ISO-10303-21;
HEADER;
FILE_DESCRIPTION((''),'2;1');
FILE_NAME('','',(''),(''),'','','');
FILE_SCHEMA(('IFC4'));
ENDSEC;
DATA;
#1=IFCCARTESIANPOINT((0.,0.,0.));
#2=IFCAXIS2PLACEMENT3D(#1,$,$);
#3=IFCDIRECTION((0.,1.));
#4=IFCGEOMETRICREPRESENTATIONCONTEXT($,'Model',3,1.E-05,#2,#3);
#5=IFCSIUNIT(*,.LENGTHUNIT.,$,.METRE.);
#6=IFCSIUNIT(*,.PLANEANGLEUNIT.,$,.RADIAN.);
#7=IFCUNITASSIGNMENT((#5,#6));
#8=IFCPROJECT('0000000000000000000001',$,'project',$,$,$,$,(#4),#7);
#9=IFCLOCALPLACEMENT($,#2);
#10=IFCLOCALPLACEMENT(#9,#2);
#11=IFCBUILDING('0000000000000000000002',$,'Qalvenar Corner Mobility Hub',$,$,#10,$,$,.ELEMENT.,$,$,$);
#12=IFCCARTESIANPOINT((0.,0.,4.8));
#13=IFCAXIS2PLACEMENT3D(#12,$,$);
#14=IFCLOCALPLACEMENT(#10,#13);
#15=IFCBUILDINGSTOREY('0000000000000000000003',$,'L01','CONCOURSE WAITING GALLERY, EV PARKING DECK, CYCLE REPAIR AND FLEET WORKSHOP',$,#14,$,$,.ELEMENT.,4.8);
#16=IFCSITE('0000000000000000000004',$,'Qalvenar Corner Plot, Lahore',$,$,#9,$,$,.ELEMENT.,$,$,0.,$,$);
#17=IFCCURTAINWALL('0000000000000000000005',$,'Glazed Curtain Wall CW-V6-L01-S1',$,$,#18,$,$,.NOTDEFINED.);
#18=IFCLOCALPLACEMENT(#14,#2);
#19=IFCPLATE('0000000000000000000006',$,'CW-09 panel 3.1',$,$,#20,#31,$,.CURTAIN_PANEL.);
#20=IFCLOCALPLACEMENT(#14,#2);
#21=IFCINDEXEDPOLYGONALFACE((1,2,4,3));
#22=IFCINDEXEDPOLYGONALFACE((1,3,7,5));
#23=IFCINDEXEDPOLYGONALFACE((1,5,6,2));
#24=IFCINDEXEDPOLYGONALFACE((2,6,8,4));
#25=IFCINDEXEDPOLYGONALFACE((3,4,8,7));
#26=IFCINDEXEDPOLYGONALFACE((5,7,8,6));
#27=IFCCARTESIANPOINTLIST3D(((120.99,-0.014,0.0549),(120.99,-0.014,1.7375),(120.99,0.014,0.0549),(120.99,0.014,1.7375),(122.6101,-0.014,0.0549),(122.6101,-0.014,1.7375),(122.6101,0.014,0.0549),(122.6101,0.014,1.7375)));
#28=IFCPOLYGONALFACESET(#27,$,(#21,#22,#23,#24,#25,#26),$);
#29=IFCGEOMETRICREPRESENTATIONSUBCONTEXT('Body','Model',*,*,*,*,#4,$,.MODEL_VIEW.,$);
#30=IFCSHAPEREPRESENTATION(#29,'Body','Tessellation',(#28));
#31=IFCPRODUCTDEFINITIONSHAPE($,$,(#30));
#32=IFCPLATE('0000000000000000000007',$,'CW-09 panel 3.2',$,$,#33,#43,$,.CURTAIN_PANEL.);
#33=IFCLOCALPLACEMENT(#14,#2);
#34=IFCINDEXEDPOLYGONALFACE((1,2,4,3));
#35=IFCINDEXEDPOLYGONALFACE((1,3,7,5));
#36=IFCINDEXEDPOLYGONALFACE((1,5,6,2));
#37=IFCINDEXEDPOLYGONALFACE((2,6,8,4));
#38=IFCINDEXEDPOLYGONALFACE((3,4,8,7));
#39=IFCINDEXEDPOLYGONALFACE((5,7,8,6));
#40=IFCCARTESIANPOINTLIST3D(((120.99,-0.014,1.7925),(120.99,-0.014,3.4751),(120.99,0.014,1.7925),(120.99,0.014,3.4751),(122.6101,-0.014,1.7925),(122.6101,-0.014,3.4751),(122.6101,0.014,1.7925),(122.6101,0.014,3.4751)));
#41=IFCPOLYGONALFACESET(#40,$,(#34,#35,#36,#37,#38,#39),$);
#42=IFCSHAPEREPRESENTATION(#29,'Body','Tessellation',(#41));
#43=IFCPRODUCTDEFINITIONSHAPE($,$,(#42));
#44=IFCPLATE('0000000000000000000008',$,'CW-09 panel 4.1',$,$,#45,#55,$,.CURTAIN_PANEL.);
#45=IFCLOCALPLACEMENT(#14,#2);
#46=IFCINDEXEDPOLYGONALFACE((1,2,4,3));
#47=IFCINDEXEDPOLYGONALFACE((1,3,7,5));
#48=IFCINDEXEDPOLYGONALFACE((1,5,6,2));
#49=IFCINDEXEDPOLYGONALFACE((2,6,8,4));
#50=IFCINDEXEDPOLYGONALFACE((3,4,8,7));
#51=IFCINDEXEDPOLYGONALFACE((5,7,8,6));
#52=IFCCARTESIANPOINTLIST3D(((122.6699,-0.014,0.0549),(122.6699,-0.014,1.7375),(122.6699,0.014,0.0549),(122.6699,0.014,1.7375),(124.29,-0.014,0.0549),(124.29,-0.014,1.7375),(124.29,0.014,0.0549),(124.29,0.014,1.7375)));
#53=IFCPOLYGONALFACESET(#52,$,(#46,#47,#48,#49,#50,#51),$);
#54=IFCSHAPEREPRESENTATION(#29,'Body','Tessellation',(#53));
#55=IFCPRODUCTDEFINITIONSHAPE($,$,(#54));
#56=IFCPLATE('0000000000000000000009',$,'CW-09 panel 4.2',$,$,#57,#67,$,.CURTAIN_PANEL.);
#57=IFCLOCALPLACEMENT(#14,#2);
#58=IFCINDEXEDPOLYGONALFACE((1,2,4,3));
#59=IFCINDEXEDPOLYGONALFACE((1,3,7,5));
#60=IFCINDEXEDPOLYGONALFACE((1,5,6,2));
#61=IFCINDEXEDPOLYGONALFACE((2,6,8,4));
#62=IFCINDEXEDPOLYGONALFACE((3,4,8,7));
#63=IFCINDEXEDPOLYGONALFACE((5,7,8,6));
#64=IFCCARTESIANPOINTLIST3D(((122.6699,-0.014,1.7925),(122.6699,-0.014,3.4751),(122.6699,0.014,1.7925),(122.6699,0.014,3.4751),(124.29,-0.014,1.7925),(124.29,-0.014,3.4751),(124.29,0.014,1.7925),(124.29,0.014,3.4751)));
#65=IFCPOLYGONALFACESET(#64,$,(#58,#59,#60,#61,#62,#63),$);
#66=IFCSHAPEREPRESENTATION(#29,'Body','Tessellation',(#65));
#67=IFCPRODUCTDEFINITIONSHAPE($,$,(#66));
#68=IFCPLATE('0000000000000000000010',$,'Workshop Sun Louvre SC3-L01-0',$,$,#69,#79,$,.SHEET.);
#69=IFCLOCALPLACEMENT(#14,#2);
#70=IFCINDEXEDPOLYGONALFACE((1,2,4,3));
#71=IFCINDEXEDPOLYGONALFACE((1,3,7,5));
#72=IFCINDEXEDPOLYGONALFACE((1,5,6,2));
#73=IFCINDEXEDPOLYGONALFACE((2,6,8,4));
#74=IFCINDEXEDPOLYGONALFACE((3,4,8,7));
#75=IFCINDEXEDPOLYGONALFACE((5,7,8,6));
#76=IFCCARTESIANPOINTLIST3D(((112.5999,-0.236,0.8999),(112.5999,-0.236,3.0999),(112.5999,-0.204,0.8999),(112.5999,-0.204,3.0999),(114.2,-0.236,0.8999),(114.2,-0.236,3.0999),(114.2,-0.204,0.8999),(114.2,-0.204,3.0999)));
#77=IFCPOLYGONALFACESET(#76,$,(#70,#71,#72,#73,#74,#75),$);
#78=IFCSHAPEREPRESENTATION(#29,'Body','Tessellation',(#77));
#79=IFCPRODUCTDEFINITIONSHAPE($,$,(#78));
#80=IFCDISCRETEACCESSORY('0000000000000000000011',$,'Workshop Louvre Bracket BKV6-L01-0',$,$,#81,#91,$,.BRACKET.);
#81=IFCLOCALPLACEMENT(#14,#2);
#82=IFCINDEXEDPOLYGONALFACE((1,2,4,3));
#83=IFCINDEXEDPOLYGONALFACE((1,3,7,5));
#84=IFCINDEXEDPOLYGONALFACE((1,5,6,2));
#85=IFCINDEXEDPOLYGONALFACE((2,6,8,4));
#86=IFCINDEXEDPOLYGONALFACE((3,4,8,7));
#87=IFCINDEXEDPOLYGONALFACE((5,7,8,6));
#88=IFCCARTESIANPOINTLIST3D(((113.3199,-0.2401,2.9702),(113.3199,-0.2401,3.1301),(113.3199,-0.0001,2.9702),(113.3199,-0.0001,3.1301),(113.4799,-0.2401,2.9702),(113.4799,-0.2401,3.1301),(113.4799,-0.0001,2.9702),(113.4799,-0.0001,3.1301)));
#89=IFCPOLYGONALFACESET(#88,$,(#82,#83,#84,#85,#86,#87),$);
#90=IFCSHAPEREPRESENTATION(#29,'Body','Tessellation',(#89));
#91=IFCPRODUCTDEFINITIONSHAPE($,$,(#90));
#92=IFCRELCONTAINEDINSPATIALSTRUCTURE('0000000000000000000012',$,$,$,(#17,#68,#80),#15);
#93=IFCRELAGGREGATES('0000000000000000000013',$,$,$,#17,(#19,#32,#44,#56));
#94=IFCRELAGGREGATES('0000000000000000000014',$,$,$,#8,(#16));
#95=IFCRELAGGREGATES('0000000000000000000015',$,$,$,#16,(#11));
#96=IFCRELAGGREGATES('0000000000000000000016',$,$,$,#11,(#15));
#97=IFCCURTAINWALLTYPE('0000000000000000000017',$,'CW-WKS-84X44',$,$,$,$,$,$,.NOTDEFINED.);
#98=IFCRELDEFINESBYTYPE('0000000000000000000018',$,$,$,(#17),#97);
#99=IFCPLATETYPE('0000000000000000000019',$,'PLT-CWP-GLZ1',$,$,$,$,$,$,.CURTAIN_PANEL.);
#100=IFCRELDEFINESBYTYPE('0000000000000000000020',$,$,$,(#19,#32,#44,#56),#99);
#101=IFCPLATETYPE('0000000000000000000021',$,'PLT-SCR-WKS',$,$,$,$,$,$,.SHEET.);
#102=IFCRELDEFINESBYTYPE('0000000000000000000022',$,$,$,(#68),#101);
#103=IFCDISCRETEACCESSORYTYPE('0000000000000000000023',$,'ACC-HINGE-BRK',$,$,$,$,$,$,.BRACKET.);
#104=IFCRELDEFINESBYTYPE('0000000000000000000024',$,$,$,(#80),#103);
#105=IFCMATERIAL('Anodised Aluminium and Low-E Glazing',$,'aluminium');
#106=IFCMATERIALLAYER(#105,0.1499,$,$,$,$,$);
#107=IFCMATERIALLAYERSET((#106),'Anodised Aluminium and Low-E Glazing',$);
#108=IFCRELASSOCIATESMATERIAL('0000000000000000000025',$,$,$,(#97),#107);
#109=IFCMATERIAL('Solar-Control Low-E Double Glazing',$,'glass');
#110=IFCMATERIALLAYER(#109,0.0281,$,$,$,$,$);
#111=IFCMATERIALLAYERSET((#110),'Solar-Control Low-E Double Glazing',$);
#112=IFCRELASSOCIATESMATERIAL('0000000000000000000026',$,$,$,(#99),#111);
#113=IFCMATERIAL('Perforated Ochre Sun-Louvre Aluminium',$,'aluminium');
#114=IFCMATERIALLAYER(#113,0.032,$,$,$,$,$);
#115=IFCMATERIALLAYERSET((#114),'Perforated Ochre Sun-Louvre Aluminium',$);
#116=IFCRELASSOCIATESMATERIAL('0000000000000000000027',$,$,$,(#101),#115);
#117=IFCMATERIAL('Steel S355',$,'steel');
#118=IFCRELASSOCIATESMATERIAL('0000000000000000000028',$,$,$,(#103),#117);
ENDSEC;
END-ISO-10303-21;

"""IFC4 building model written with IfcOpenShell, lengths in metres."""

from ifc_helpers import new_model, si_unit, direction, frame, origin, origin_2d, place, context, subcontext, project, spatial, rectangle, extrude, material, layer, layer_set, type_object, element, aggregate, save


model = new_model("IFC4")

# Units and contexts
model_context = context("Model", 3, precision=1e-05, world=origin(), true_north=direction((0.0, 1.0)))
body_context = subcontext(model_context, "Body", "Model", "MODEL_VIEW")
ifc_project = project(units=[si_unit("LENGTHUNIT", "METRE"), si_unit("PLANEANGLEUNIT", "RADIAN")], contexts=[model_context])

# Site, building, storey
site_placement = place(None, origin())
site = spatial("IfcSite", under=ifc_project, at=site_placement, Name="Qalvenar Corner Plot, Lahore", CompositionType="ELEMENT", RefElevation=0.0)
building_placement = place(site_placement, origin())
building = spatial("IfcBuilding", under=site, at=building_placement, Name="Qalvenar Corner Mobility Hub", CompositionType="ELEMENT")
storey_placement = place(building_placement, frame((0.0, 0.0, 4.8)))
storey = spatial("IfcBuildingStorey", under=building, at=storey_placement, Name="L01", Description="CONCOURSE WAITING GALLERY, EV PARKING DECK, CYCLE REPAIR AND FLEET WORKSHOP", CompositionType="ELEMENT", Elevation=4.8)

# Shared definitions
ifc_material_1 = material(Name="Steel S355", Category="steel")

# Curtain wall, plates
ifc_material_2 = material(Name="Anodised Aluminium and Low-E Glazing", Category="aluminium")
ifc_layer_1 = layer(ifc_material_2, 0.1499)
ifc_layer_set_1 = layer_set([ifc_layer_1], Name="Anodised Aluminium and Low-E Glazing")
curtain_wall_type = type_object("IfcCurtainWallType", Name="CW-WKS-84X44", PredefinedType="NOTDEFINED", material=ifc_layer_set_1)
curtain_wall_placement = place(storey_placement, origin())
curtain_wall = element("IfcCurtainWall", 1, at=curtain_wall_placement, inside=storey, type_object=curtain_wall_type, Name="Glazed Curtain Wall CW-V6-L01-S1", PredefinedType="NOTDEFINED")
ifc_material_3 = material(Name="Solar-Control Low-E Double Glazing", Category="glass")
ifc_layer_2 = layer(ifc_material_3, 0.0281)
ifc_layer_set_2 = layer_set([ifc_layer_2], Name="Solar-Control Low-E Double Glazing")
plate_type_1 = type_object("IfcPlateType", Name="PLT-CWP-GLZ1", PredefinedType="CURTAIN_PANEL", material=ifc_layer_set_2)
plate_1_placement = place(storey_placement, frame((121.8, 0.0, 0.0549), z_axis=(0.0, 0.0, 1.0), x_axis=(1.0, 0.0, 0.0)))
plate_1 = element("IfcPlate", 2, at=plate_1_placement, type_object=plate_type_1, Name="CW-09 panel 3.1", PredefinedType="CURTAIN_PANEL", context=body_context, shape_type="SweptSolid", body=[
    extrude(rectangle(XDim=1.6201, YDim=0.0281, at=origin_2d()), origin(), (0.0, 0.0, 1.0), 1.6826),
])
plate_2_placement = place(storey_placement, frame((121.8, 0.0, 1.7925), z_axis=(0.0, 0.0, 1.0), x_axis=(1.0, 0.0, 0.0)))
plate_2 = element("IfcPlate", 3, at=plate_2_placement, type_object=plate_type_1, Name="CW-09 panel 3.2", PredefinedType="CURTAIN_PANEL", context=body_context, shape_type="SweptSolid", body=[
    extrude(rectangle(XDim=1.6201, YDim=0.0281, at=origin_2d()), origin(), (0.0, 0.0, 1.0), 1.6826),
])
plate_3_placement = place(storey_placement, frame((123.48, 0.0, 0.0549), z_axis=(0.0, 0.0, 1.0), x_axis=(1.0, 0.0, 0.0)))
plate_3 = element("IfcPlate", 4, at=plate_3_placement, type_object=plate_type_1, Name="CW-09 panel 4.1", PredefinedType="CURTAIN_PANEL", context=body_context, shape_type="SweptSolid", body=[
    extrude(rectangle(XDim=1.6201, YDim=0.0281, at=origin_2d()), origin(), (0.0, 0.0, 1.0), 1.6826),
])
plate_4_placement = place(storey_placement, frame((123.48, 0.0, 1.7925), z_axis=(0.0, 0.0, 1.0), x_axis=(1.0, 0.0, 0.0)))
plate_4 = element("IfcPlate", 5, at=plate_4_placement, type_object=plate_type_1, Name="CW-09 panel 4.2", PredefinedType="CURTAIN_PANEL", context=body_context, shape_type="SweptSolid", body=[
    extrude(rectangle(XDim=1.6201, YDim=0.0281, at=origin_2d()), origin(), (0.0, 0.0, 1.0), 1.6826),
])
aggregate(curtain_wall, [plate_1, plate_2, plate_3, plate_4])

# Plate
ifc_material_4 = material(Name="Perforated Ochre Sun-Louvre Aluminium", Category="aluminium")
ifc_layer_3 = layer(ifc_material_4, 0.032)
ifc_layer_set_3 = layer_set([ifc_layer_3], Name="Perforated Ochre Sun-Louvre Aluminium")
plate_type_2 = type_object("IfcPlateType", Name="PLT-SCR-WKS", PredefinedType="SHEET", material=ifc_layer_set_3)
plate_5_placement = place(storey_placement, frame((113.3999, -0.22, 0.8999), z_axis=(0.0, 0.0, 1.0), x_axis=(1.0, 0.0, 0.0)))
element("IfcPlate", 6, at=plate_5_placement, inside=storey, type_object=plate_type_2, Name="Workshop Sun Louvre SC3-L01-0", PredefinedType="SHEET", context=body_context, shape_type="SweptSolid", body=[
    extrude(rectangle(XDim=1.6001, YDim=0.032, at=origin_2d()), origin(), (0.0, 0.0, 1.0), 2.2),
])

# Discrete accessory
discrete_accessory_type = type_object("IfcDiscreteAccessoryType", Name="ACC-HINGE-BRK", PredefinedType="BRACKET", material=ifc_material_1)
discrete_accessory_placement = place(storey_placement, frame((113.3999, -0.1201, 2.9702), z_axis=(0.0, 0.0, 1.0), x_axis=(1.0, 0.0, 0.0)))
element("IfcDiscreteAccessory", 7, at=discrete_accessory_placement, inside=storey, type_object=discrete_accessory_type, Name="Workshop Louvre Bracket BKV6-L01-0", PredefinedType="BRACKET", context=body_context, shape_type="SweptSolid", body=[
    extrude(rectangle(XDim=0.1599, YDim=0.24, at=origin_2d()), origin(), (0.0, 0.0, 1.0), 0.1599),
])

save(model, "model.ifc")
